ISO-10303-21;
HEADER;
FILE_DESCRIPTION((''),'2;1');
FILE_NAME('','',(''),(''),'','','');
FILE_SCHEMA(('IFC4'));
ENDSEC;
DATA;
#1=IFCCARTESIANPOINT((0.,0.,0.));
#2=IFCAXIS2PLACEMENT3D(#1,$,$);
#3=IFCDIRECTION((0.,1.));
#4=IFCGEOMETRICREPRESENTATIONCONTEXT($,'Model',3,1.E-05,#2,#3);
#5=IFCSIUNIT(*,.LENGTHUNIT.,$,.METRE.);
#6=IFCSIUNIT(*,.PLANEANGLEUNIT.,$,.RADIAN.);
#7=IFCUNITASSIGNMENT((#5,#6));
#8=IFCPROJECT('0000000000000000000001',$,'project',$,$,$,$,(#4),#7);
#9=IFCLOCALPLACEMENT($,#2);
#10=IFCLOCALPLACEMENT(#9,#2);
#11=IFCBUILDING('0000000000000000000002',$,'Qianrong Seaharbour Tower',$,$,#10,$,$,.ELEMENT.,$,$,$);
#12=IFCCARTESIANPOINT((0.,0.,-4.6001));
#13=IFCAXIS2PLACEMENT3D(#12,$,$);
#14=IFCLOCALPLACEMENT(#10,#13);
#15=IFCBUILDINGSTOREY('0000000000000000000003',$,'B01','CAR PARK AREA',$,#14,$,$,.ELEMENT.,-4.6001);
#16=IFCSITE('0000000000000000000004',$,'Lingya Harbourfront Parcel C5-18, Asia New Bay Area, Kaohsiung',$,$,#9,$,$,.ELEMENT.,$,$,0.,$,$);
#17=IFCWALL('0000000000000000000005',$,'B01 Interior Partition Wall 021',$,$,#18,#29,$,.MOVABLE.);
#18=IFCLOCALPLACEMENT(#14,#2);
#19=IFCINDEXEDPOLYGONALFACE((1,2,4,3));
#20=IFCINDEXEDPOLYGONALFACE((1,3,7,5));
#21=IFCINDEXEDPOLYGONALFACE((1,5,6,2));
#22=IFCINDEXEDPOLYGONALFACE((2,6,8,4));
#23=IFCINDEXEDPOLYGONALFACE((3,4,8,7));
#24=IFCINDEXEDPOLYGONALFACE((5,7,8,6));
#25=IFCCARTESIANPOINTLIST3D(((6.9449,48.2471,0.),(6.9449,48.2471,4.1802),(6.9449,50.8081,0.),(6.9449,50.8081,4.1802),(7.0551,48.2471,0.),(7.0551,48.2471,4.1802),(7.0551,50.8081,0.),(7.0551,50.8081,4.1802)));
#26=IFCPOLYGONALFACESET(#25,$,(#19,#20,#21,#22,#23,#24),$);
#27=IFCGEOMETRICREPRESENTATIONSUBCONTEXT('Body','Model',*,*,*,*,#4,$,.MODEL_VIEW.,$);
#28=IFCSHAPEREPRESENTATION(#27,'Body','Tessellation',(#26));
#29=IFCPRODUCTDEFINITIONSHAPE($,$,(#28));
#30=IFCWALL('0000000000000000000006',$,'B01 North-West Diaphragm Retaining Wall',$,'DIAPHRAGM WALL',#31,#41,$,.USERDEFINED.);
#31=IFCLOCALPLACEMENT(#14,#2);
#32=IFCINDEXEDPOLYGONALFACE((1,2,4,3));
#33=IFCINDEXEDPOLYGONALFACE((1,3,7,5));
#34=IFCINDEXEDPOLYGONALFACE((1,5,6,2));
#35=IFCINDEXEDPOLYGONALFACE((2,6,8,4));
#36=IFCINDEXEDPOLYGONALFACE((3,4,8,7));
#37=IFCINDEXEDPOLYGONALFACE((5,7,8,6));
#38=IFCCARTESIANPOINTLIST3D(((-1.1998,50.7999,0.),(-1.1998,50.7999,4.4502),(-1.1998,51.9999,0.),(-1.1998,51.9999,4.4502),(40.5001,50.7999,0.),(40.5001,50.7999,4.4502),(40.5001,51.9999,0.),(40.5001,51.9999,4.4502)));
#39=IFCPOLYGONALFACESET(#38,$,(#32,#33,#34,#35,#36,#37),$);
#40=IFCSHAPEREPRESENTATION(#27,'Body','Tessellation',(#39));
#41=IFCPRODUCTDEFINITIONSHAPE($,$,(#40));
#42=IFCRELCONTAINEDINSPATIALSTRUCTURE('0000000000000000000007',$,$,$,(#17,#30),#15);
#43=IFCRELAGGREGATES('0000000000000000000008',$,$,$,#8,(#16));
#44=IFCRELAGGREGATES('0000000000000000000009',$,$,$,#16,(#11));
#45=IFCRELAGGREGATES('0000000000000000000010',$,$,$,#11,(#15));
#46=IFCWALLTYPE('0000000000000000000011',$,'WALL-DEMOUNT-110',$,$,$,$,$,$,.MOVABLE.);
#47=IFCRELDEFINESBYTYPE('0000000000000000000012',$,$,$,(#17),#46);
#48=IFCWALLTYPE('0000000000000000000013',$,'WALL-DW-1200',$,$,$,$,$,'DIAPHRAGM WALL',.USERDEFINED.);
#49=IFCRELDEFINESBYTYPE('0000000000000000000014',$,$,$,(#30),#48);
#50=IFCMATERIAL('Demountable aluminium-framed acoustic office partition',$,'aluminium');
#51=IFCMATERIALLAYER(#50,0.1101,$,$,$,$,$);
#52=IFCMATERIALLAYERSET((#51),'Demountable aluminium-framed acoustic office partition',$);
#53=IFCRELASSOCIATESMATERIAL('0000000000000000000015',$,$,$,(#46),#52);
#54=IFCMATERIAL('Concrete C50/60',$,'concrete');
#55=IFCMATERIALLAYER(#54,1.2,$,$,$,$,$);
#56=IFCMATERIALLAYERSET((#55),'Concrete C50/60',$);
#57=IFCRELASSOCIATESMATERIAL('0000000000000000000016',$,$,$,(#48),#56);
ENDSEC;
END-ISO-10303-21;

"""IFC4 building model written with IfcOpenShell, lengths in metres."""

from ifc_helpers import new_model, si_unit, direction, frame, frame_2d, origin, place, context, subcontext, project, spatial, rectangle, extrude, material, layer, layer_set, type_object, element, save


model = new_model("IFC4")

# Units and contexts
model_context = context("Model", 3, precision=1e-05, world=origin(), true_north=direction((0.0, 1.0)))
body_context = subcontext(model_context, "Body", "Model", "MODEL_VIEW")
ifc_project = project(units=[si_unit("LENGTHUNIT", "METRE"), si_unit("PLANEANGLEUNIT", "RADIAN")], contexts=[model_context])

# Site, building, storey
site_placement = place(None, origin())
site = spatial("IfcSite", under=ifc_project, at=site_placement, Name="Lingya Harbourfront Parcel C5-18, Asia New Bay Area, Kaohsiung", CompositionType="ELEMENT", RefElevation=0.0)
building_placement = place(site_placement, origin())
building = spatial("IfcBuilding", under=site, at=building_placement, Name="Qianrong Seaharbour Tower", CompositionType="ELEMENT")
storey_placement = place(building_placement, frame((0.0, 0.0, -4.6001)))
storey = spatial("IfcBuildingStorey", under=building, at=storey_placement, Name="B01", Description="CAR PARK AREA", CompositionType="ELEMENT", Elevation=-4.6001)

# Shared definitions
ifc_material_1 = material(Name="Concrete C50/60", Category="concrete")

# Shared definitions
ifc_material_2 = material(Name="Demountable aluminium-framed acoustic office partition", Category="aluminium")
ifc_layer_1 = layer(ifc_material_2, 0.1101)
ifc_layer_set_1 = layer_set([ifc_layer_1], Name="Demountable aluminium-framed acoustic office partition")
wall_type_1 = type_object("IfcWallType", Name="WALL-DEMOUNT-110", PredefinedType="MOVABLE", material=ifc_layer_set_1)

# Walls
wall_1_placement = place(storey_placement, frame((7.0, 48.2471, 0.0), z_axis=(0.0, 0.0, 1.0), x_axis=(0.0, 1.0, 0.0)))
element("IfcWall", 1, at=wall_1_placement, inside=storey, type_object=wall_type_1, Name="B01 Interior Partition Wall 021", PredefinedType="MOVABLE", context=body_context, shape_type="SweptSolid", body=[
    extrude(rectangle(XDim=2.561, YDim=0.1101, at=frame_2d((1.2805, 0.0))), origin(), (0.0, 0.0, 1.0), 4.1802),
])
ifc_layer_2 = layer(ifc_material_1, 1.2)
ifc_layer_set_2 = layer_set([ifc_layer_2], Name="Concrete C50/60")
wall_type_2 = type_object("IfcWallType", Name="WALL-DW-1200", ElementType="DIAPHRAGM WALL", PredefinedType="USERDEFINED", material=ifc_layer_set_2)
wall_2_placement = place(storey_placement, frame((-1.2, 51.3999, 0.0), z_axis=(0.0, 0.0, 1.0), x_axis=(1.0, 0.0, 0.0)))
element("IfcWall", 2, at=wall_2_placement, inside=storey, type_object=wall_type_2, Name="B01 North-West Diaphragm Retaining Wall", ObjectType="DIAPHRAGM WALL", PredefinedType="USERDEFINED", context=body_context, shape_type="SweptSolid", body=[
    extrude(rectangle(XDim=41.7, YDim=1.2, at=frame_2d((20.8501, 0.0))), origin(), (0.0, 0.0, 1.0), 4.4502),
])

save(model, "model.ifc")
